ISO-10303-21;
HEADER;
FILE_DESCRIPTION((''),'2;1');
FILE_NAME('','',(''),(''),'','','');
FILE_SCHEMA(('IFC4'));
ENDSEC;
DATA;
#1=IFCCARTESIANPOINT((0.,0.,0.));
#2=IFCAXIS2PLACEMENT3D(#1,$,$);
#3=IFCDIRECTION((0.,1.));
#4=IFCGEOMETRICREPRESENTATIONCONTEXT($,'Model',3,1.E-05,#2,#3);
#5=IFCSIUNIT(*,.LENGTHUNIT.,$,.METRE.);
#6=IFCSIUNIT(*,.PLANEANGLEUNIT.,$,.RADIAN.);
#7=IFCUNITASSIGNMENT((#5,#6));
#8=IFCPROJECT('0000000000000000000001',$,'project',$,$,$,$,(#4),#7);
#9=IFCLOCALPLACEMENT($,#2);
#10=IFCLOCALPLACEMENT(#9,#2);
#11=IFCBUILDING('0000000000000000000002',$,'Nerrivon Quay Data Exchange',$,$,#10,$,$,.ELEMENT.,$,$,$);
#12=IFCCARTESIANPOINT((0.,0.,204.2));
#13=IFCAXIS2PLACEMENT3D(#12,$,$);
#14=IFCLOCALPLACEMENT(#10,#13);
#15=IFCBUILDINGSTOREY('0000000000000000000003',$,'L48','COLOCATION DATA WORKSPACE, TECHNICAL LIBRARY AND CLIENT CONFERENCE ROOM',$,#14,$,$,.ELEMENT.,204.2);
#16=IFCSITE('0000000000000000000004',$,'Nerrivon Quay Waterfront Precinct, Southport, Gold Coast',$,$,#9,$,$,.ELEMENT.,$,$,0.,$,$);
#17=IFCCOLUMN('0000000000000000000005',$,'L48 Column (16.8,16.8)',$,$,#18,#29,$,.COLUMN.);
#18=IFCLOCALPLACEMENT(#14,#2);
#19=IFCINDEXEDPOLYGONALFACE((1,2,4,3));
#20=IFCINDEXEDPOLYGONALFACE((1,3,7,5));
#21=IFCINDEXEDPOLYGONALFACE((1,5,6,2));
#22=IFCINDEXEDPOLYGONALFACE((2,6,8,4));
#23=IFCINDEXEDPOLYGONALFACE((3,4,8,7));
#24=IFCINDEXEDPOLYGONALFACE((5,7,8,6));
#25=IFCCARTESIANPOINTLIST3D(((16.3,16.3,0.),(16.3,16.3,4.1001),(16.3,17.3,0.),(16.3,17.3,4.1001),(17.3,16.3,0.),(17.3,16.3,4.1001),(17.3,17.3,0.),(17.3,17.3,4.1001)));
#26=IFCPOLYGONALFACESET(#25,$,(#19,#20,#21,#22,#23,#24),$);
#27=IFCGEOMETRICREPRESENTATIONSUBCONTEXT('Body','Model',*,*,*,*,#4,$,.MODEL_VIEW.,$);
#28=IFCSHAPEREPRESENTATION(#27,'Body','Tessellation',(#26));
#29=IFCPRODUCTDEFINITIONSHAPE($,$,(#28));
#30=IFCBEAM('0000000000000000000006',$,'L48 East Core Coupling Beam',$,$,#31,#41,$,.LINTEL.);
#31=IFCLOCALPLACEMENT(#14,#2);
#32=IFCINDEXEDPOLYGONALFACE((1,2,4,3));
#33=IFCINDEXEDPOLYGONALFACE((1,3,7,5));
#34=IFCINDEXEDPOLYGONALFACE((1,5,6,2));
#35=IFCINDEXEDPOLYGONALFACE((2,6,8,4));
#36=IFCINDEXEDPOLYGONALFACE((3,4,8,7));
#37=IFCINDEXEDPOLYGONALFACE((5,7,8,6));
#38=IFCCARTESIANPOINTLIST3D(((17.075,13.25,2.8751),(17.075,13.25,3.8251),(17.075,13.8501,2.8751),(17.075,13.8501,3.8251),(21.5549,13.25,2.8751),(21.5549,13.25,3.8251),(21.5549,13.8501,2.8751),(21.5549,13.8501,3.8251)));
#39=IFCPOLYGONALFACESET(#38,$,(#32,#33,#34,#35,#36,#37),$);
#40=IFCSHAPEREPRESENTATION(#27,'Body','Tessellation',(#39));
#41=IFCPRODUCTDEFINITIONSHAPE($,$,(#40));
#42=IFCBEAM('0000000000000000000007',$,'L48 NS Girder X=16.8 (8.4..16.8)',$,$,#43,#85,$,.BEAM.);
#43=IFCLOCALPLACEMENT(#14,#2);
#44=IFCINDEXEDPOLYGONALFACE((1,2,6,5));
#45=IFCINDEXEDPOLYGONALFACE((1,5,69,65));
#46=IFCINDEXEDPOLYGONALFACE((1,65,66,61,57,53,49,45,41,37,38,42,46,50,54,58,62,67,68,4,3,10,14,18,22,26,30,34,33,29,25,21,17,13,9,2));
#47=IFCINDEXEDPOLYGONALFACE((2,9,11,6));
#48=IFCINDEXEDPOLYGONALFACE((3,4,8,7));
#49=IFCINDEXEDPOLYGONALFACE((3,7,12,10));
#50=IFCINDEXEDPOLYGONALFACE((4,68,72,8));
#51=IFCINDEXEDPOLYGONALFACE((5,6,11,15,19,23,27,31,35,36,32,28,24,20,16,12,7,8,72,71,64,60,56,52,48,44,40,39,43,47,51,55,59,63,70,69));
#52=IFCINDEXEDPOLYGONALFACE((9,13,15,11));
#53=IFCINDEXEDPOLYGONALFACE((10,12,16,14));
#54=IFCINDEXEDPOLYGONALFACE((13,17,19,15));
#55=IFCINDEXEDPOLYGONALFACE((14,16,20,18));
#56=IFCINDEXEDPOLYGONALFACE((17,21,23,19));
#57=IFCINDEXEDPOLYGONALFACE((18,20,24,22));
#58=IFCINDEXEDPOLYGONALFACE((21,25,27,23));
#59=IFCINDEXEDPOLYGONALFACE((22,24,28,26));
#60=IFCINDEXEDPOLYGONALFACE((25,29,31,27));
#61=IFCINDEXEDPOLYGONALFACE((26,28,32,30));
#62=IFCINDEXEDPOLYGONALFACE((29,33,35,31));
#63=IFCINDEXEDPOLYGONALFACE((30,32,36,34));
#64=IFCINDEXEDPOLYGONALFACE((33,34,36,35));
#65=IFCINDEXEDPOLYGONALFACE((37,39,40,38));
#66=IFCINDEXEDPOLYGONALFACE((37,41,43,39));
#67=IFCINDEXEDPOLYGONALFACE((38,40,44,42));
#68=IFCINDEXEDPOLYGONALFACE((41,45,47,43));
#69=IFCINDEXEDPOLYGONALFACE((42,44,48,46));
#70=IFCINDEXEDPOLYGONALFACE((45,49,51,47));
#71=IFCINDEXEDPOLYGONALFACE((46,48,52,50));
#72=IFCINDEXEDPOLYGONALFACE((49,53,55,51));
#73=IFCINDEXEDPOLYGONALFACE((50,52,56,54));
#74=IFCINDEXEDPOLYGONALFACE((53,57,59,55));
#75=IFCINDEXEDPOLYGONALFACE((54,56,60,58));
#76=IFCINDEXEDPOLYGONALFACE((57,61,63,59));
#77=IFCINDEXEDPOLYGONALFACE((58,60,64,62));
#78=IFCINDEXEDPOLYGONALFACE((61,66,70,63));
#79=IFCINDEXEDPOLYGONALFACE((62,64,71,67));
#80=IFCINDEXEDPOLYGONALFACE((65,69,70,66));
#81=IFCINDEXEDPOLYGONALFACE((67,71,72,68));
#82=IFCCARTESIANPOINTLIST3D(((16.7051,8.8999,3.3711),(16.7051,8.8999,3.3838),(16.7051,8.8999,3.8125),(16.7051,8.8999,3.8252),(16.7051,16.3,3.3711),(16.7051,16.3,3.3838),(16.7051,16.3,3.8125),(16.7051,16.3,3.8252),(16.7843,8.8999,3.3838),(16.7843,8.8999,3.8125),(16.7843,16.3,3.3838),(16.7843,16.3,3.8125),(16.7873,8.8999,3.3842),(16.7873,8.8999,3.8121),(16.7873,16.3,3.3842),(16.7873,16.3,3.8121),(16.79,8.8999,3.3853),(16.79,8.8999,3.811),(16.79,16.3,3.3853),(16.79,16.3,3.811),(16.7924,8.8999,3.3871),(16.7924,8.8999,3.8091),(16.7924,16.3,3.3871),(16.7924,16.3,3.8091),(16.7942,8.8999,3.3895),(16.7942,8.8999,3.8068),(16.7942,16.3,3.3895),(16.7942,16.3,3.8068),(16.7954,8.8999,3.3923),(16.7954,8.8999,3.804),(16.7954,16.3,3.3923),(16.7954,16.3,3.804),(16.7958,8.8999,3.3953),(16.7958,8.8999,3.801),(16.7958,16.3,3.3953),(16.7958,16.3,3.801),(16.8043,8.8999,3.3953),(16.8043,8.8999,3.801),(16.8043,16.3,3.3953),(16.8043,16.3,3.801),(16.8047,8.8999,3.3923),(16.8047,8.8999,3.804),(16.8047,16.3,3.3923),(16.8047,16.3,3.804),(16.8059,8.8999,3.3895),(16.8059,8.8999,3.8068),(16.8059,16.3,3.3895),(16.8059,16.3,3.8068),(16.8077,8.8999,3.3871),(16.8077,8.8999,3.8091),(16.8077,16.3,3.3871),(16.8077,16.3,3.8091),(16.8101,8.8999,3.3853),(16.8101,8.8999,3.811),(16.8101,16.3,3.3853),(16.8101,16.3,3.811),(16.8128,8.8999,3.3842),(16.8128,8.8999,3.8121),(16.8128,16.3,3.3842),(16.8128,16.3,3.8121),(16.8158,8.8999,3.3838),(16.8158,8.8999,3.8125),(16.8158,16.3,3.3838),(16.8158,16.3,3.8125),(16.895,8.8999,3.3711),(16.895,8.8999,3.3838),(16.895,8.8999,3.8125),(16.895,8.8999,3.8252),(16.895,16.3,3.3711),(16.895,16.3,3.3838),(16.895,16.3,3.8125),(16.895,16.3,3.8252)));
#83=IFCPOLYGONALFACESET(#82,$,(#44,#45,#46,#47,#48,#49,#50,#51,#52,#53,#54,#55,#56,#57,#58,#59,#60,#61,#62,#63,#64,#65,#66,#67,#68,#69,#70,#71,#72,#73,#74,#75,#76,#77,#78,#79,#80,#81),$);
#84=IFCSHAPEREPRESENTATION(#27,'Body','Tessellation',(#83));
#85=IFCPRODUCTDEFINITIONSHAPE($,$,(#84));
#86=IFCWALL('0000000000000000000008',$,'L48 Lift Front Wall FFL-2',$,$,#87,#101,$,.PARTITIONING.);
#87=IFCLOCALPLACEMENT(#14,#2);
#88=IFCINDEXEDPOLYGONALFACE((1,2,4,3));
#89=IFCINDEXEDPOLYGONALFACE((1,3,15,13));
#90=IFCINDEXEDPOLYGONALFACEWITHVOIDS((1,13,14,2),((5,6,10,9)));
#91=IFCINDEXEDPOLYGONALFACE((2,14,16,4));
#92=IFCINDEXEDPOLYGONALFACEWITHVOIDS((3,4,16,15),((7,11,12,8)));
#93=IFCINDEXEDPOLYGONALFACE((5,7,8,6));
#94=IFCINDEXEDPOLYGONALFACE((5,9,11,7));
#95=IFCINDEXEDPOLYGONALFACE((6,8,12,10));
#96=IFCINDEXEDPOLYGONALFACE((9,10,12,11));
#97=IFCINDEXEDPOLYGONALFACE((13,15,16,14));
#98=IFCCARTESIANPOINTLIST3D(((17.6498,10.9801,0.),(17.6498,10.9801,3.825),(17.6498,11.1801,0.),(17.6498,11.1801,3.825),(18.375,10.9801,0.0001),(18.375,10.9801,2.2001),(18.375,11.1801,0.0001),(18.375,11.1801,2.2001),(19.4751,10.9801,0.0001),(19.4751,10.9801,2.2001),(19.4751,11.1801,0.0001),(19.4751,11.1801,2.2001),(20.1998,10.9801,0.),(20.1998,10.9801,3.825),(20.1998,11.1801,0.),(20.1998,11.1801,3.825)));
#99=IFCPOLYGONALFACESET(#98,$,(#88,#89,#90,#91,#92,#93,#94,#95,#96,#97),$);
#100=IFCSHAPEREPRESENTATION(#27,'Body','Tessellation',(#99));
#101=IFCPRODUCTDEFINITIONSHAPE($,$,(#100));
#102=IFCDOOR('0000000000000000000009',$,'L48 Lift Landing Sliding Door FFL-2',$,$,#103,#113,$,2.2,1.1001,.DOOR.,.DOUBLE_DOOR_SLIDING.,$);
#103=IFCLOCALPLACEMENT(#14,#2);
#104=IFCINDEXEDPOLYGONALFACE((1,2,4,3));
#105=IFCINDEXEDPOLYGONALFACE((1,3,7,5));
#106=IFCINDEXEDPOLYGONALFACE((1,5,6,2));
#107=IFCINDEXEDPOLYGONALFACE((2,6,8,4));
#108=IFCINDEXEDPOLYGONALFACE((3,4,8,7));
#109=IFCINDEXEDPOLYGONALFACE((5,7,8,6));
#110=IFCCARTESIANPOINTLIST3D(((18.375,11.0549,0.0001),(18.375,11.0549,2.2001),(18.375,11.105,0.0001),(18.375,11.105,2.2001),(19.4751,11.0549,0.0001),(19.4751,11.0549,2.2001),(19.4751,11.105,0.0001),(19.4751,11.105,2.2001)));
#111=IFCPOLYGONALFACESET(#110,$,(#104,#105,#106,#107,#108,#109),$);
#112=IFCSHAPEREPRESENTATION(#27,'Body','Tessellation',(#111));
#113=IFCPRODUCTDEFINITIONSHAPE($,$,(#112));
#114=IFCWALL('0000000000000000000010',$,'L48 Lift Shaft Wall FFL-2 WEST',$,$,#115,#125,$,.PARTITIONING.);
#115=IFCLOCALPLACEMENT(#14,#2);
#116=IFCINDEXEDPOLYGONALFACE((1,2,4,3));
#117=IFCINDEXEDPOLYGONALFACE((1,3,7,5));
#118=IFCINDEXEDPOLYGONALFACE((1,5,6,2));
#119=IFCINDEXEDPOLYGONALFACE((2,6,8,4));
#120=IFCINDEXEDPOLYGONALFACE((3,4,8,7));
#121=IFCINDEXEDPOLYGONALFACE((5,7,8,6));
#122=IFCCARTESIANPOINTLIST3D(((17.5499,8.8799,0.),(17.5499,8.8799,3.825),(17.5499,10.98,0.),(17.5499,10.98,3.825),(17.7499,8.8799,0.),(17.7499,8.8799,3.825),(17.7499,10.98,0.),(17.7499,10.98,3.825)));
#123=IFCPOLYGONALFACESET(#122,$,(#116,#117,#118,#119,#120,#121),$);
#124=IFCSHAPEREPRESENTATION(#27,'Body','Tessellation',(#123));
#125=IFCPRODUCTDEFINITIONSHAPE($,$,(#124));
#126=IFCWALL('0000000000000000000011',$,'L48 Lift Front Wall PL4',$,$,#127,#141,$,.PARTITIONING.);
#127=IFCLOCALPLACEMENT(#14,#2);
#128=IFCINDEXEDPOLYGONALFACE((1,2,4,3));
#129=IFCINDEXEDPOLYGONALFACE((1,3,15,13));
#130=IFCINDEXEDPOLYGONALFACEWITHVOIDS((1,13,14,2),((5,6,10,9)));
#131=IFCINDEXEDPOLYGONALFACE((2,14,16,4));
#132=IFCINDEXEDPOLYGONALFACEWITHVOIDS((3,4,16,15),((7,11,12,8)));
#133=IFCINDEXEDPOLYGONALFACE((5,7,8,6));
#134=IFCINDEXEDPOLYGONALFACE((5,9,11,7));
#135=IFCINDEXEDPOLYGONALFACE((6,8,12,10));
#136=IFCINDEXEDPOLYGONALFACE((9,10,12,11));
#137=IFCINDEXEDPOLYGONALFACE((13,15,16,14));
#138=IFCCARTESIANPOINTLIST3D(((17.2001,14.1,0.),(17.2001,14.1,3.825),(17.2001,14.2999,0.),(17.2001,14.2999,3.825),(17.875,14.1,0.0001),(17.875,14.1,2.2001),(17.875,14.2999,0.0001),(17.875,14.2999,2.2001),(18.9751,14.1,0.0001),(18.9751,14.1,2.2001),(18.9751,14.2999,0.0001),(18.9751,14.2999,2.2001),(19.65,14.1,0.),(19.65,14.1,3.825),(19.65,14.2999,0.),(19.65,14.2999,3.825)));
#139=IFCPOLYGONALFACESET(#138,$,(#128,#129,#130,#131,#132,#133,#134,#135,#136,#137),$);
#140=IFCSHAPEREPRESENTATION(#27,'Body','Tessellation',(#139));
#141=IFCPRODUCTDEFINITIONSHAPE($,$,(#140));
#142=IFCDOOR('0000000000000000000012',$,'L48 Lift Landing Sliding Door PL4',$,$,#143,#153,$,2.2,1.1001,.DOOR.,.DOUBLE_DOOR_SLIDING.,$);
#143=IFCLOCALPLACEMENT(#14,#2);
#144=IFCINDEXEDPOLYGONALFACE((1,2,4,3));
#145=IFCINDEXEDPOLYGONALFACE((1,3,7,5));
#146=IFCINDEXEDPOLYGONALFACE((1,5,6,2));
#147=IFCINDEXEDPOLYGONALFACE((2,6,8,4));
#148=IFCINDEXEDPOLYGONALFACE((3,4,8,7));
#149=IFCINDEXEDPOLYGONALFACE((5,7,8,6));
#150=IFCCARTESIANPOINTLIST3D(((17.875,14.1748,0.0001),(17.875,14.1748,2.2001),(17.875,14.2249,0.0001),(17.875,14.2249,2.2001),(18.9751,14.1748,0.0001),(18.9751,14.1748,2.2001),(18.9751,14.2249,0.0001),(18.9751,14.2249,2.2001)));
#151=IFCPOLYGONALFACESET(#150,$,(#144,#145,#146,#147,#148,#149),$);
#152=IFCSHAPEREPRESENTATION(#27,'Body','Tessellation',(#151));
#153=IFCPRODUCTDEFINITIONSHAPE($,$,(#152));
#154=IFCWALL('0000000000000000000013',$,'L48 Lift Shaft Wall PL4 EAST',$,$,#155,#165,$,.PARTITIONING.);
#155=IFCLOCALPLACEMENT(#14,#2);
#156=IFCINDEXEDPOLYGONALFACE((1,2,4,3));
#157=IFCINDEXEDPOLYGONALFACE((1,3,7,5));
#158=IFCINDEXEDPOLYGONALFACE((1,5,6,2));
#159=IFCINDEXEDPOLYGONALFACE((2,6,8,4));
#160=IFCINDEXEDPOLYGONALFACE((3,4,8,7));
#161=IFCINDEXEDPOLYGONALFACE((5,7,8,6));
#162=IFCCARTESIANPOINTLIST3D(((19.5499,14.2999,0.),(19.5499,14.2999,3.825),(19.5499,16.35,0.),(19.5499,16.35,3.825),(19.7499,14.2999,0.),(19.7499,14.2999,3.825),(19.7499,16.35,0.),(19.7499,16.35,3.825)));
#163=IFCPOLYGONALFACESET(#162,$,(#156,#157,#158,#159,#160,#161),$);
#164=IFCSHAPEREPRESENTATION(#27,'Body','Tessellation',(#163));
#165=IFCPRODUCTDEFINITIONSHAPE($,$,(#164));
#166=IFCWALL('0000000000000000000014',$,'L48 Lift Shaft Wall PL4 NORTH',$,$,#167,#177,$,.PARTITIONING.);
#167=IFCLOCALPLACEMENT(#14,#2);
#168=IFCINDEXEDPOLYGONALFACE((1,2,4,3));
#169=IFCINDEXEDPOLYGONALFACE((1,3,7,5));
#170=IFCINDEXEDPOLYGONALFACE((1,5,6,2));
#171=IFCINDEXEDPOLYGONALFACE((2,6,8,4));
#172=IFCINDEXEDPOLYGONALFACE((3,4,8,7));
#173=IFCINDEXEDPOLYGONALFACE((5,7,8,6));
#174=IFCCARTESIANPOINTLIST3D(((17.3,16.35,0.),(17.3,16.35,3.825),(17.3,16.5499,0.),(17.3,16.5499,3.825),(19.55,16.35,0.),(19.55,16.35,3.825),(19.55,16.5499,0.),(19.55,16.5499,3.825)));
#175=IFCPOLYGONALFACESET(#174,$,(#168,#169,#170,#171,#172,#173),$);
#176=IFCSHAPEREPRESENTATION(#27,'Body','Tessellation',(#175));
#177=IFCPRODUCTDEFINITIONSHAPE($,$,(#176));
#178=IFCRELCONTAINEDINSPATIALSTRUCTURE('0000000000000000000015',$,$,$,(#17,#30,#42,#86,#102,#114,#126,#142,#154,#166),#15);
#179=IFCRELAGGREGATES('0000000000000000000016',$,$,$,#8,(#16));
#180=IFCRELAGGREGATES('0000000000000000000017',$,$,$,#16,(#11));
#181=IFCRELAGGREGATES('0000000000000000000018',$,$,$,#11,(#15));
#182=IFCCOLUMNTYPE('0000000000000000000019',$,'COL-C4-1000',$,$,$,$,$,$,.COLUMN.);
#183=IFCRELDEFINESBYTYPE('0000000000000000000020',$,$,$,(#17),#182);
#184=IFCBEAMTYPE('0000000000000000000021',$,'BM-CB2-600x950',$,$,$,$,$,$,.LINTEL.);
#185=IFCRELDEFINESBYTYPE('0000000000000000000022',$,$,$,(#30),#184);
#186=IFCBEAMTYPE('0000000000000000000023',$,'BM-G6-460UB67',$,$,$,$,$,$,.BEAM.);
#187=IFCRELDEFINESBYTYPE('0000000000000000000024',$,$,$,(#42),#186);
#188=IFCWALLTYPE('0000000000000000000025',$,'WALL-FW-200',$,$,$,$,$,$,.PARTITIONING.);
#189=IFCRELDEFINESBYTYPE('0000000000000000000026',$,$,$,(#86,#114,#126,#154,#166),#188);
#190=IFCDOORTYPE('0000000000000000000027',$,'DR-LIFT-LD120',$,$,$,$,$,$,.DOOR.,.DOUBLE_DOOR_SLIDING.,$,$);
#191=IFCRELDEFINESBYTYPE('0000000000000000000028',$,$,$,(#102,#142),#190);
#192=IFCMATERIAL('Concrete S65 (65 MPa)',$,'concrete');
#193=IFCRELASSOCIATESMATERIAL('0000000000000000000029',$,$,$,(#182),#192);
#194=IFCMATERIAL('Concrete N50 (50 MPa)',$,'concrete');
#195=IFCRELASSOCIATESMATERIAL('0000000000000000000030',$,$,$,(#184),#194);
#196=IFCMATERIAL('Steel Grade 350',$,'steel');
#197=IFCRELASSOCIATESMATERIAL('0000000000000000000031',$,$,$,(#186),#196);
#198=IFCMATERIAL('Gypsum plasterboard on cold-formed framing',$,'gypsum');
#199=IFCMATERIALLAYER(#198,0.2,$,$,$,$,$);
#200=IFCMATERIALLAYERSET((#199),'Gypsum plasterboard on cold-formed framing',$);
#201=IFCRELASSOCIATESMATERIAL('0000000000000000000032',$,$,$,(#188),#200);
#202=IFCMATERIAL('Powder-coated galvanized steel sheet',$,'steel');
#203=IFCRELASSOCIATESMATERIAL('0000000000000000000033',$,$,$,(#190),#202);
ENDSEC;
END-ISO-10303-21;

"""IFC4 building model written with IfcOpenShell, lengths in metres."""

from ifc_helpers import new_model, si_unit, direction, frame, frame_2d, origin, origin_2d, place, context, subcontext, project, spatial, rectangle, i_section, extrude, material, layer, layer_set, material_profile, profile_set, type_object, element, fill, save


model = new_model("IFC4")

# Units and contexts
model_context = context("Model", 3, precision=1e-05, world=origin(), true_north=direction((0.0, 1.0)))
body_context = subcontext(model_context, "Body", "Model", "MODEL_VIEW")
ifc_project = project(units=[si_unit("LENGTHUNIT", "METRE"), si_unit("PLANEANGLEUNIT", "RADIAN")], contexts=[model_context])

# Site, building, storey
site_placement = place(None, origin())
site = spatial("IfcSite", under=ifc_project, at=site_placement, Name="Nerrivon Quay Waterfront Precinct, Southport, Gold Coast", CompositionType="ELEMENT", RefElevation=0.0)
building_placement = place(site_placement, origin())
building = spatial("IfcBuilding", under=site, at=building_placement, Name="Nerrivon Quay Data Exchange", CompositionType="ELEMENT")
storey_placement = place(building_placement, frame((0.0, 0.0, 204.2)))
storey = spatial("IfcBuildingStorey", under=building, at=storey_placement, Name="L48", Description="COLOCATION DATA WORKSPACE, TECHNICAL LIBRARY AND CLIENT CONFERENCE ROOM", CompositionType="ELEMENT", Elevation=204.2)

# Column
ifc_material_1 = material(Name="Concrete S65 (65 MPa)", Category="concrete")
ifc_material_profile_1 = material_profile(ifc_material_1, rectangle(XDim=1.0, YDim=1.0, at=origin_2d()), Name="RC-COL-1000x1000")
ifc_profile_set_1 = profile_set([ifc_material_profile_1], Name="Concrete S65 (65 MPa)")
column_type = type_object("IfcColumnType", Name="COL-C4-1000", PredefinedType="COLUMN", material=ifc_profile_set_1)
column_placement = place(storey_placement, frame((16.8, 16.8, 0.0), z_axis=(0.0, 0.0, 1.0), x_axis=(1.0, 0.0, 0.0)))
element("IfcColumn", 1, at=column_placement, inside=storey, type_object=column_type, Name="L48 Column (16.8,16.8)", PredefinedType="COLUMN", context=body_context, shape_type="SweptSolid", body=[
    extrude(rectangle(XDim=1.0, YDim=1.0, at=origin_2d()), origin(), (0.0, 0.0, 1.0), 4.1001),
])

# Beams
ifc_material_2 = material(Name="Concrete N50 (50 MPa)", Category="concrete")
ifc_material_profile_2 = material_profile(ifc_material_2, rectangle(XDim=0.6001, YDim=0.95, at=origin_2d()), Name="RC-CB-600x950")
ifc_profile_set_2 = profile_set([ifc_material_profile_2], Name="Concrete N50 (50 MPa)")
beam_type_1 = type_object("IfcBeamType", Name="BM-CB2-600x950", PredefinedType="LINTEL", material=ifc_profile_set_2)
beam_1_placement = place(storey_placement, frame((17.075, 13.55, 3.3501), z_axis=(1.0, 0.0, 0.0), x_axis=(0.0, 1.0, 0.0)))
element("IfcBeam", 2, at=beam_1_placement, inside=storey, type_object=beam_type_1, Name="L48 East Core Coupling Beam", PredefinedType="LINTEL", context=body_context, shape_type="SweptSolid", body=[
    extrude(rectangle(XDim=0.6001, YDim=0.95, at=origin_2d()), origin(), (0.0, 0.0, 1.0), 4.48),
])
ifc_material_3 = material(Name="Steel Grade 350", Category="steel")
ifc_material_profile_3 = material_profile(ifc_material_3, i_section(OverallWidth=0.1899, OverallDepth=0.4541, WebThickness=0.0085, FlangeThickness=0.0127, FilletRadius=0.0115, at=origin_2d()), Name="460UB67.1")
ifc_profile_set_3 = profile_set([ifc_material_profile_3], Name="Steel Grade 350")
beam_type_2 = type_object("IfcBeamType", Name="BM-G6-460UB67", PredefinedType="BEAM", material=ifc_profile_set_3)
beam_2_placement = place(storey_placement, frame((16.8, 8.8999, 3.5981), z_axis=(0.0, 1.0, 0.0), x_axis=(-1.0, 0.0, 0.0)))
element("IfcBeam", 3, at=beam_2_placement, inside=storey, type_object=beam_type_2, Name="L48 NS Girder X=16.8 (8.4..16.8)", PredefinedType="BEAM", context=body_context, shape_type="SweptSolid", body=[
    extrude(i_section(OverallWidth=0.1899, OverallDepth=0.4541, WebThickness=0.0085, FlangeThickness=0.0127, FilletRadius=0.0115, at=origin_2d()), origin(), (0.0, 0.0, 1.0), 7.4001),
])

# Wall, opening, door
ifc_material_4 = material(Name="Powder-coated galvanized steel sheet", Category="steel")
ifc_material_5 = material(Name="Gypsum plasterboard on cold-formed framing", Category="gypsum")
ifc_layer_1 = layer(ifc_material_5, 0.2)
ifc_layer_set_1 = layer_set([ifc_layer_1], Name="Gypsum plasterboard on cold-formed framing")
wall_type_1 = type_object("IfcWallType", Name="WALL-FW-200", PredefinedType="PARTITIONING", material=ifc_layer_set_1)
wall_1_placement = place(storey_placement, frame((17.6499, 11.0801, 0.0), z_axis=(0.0, 0.0, 1.0), x_axis=(1.0, 0.0, 0.0)))
wall_1 = element("IfcWall", 4, at=wall_1_placement, inside=storey, type_object=wall_type_1, Name="L48 Lift Front Wall FFL-2", PredefinedType="PARTITIONING", context=body_context, shape_type="SweptSolid", body=[
    extrude(rectangle(XDim=2.55, YDim=0.2, at=frame_2d((1.2749, 0.0))), origin(), (0.0, 0.0, 1.0), 3.825),
])
opening_1_placement = place(wall_1_placement, frame((0.7251, 0.0, 0.0)))
opening_1 = element("IfcOpeningElement", 5, at=opening_1_placement, cuts=wall_1, PredefinedType="OPENING", context=body_context, shape_type="SweptSolid", body=[
    extrude(rectangle(XDim=1.1001, YDim=2.2, at=frame_2d((0.55, 1.1001))), frame((0.0, 0.1099, 0.0), z_axis=(0.0, -1.0, 0.0), x_axis=(1.0, 0.0, 0.0)), (0.0, 0.0, 1.0), 0.22),
])
door_type_1 = type_object("IfcDoorType", Name="DR-LIFT-LD120", OperationType="DOUBLE_DOOR_SLIDING", PredefinedType="DOOR", material=ifc_material_4)
door_1_placement = place(opening_1_placement, origin())
door_1 = element("IfcDoor", 6, at=door_1_placement, inside=storey, type_object=door_type_1, Name="L48 Lift Landing Sliding Door FFL-2", OperationType="DOUBLE_DOOR_SLIDING", OverallHeight=2.2, OverallWidth=1.1001, PredefinedType="DOOR", context=body_context, shape_type="SweptSolid", body=[
    extrude(rectangle(XDim=1.1001, YDim=2.2, at=frame_2d((0.55, 1.1001))), frame((0.0, 0.0249, 0.0), z_axis=(0.0, -1.0, 0.0), x_axis=(1.0, 0.0, 0.0)), (0.0, 0.0, 1.0), 0.05),
])
fill(opening_1, door_1)

# Wall
wall_2_placement = place(storey_placement, frame((17.6499, 8.8799, 0.0), z_axis=(0.0, 0.0, 1.0), x_axis=(0.0, 1.0, 0.0)))
element("IfcWall", 7, at=wall_2_placement, inside=storey, type_object=wall_type_1, Name="L48 Lift Shaft Wall FFL-2 WEST", PredefinedType="PARTITIONING", context=body_context, shape_type="SweptSolid", body=[
    extrude(rectangle(XDim=2.1001, YDim=0.2, at=frame_2d((1.05, 0.0))), origin(), (0.0, 0.0, 1.0), 3.825),
])

# Wall, opening, door
wall_3_placement = place(storey_placement, frame((17.2, 14.2, 0.0), z_axis=(0.0, 0.0, 1.0), x_axis=(1.0, 0.0, 0.0)))
wall_3 = element("IfcWall", 8, at=wall_3_placement, inside=storey, type_object=wall_type_1, Name="L48 Lift Front Wall PL4", PredefinedType="PARTITIONING", context=body_context, shape_type="SweptSolid", body=[
    extrude(rectangle(XDim=2.45, YDim=0.2, at=frame_2d((1.2251, 0.0))), origin(), (0.0, 0.0, 1.0), 3.825),
])
opening_2_placement = place(wall_3_placement, frame((0.675, 0.0, 0.0)))
opening_2 = element("IfcOpeningElement", 9, at=opening_2_placement, cuts=wall_3, PredefinedType="OPENING", context=body_context, shape_type="SweptSolid", body=[
    extrude(rectangle(XDim=1.1001, YDim=2.2, at=frame_2d((0.55, 1.1001))), frame((0.0, 0.1099, 0.0), z_axis=(0.0, -1.0, 0.0), x_axis=(1.0, 0.0, 0.0)), (0.0, 0.0, 1.0), 0.22),
])
door_2_placement = place(opening_2_placement, origin())
door_2 = element("IfcDoor", 10, at=door_2_placement, inside=storey, type_object=door_type_1, Name="L48 Lift Landing Sliding Door PL4", OperationType="DOUBLE_DOOR_SLIDING", OverallHeight=2.2, OverallWidth=1.1001, PredefinedType="DOOR", context=body_context, shape_type="SweptSolid", body=[
    extrude(rectangle(XDim=1.1001, YDim=2.2, at=frame_2d((0.55, 1.1001))), frame((0.0, 0.0249, 0.0), z_axis=(0.0, -1.0, 0.0), x_axis=(1.0, 0.0, 0.0)), (0.0, 0.0, 1.0), 0.05),
])
fill(opening_2, door_2)

# Walls
wall_4_placement = place(storey_placement, frame((19.6499, 14.3, 0.0), z_axis=(0.0, 0.0, 1.0), x_axis=(0.0, 1.0, 0.0)))
element("IfcWall", 11, at=wall_4_placement, inside=storey, type_object=wall_type_1, Name="L48 Lift Shaft Wall PL4 EAST", PredefinedType="PARTITIONING", context=body_context, shape_type="SweptSolid", body=[
    extrude(rectangle(XDim=2.05, YDim=0.2, at=frame_2d((1.0249, 0.0))), origin(), (0.0, 0.0, 1.0), 3.825),
])
wall_5_placement = place(storey_placement, frame((17.3, 16.45, 0.0), z_axis=(0.0, 0.0, 1.0), x_axis=(1.0, 0.0, 0.0)))
element("IfcWall", 12, at=wall_5_placement, inside=storey, type_object=wall_type_1, Name="L48 Lift Shaft Wall PL4 NORTH", PredefinedType="PARTITIONING", context=body_context, shape_type="SweptSolid", body=[
    extrude(rectangle(XDim=2.25, YDim=0.2, at=frame_2d((1.125, 0.0))), origin(), (0.0, 0.0, 1.0), 3.825),
])

save(model, "model.ifc")
